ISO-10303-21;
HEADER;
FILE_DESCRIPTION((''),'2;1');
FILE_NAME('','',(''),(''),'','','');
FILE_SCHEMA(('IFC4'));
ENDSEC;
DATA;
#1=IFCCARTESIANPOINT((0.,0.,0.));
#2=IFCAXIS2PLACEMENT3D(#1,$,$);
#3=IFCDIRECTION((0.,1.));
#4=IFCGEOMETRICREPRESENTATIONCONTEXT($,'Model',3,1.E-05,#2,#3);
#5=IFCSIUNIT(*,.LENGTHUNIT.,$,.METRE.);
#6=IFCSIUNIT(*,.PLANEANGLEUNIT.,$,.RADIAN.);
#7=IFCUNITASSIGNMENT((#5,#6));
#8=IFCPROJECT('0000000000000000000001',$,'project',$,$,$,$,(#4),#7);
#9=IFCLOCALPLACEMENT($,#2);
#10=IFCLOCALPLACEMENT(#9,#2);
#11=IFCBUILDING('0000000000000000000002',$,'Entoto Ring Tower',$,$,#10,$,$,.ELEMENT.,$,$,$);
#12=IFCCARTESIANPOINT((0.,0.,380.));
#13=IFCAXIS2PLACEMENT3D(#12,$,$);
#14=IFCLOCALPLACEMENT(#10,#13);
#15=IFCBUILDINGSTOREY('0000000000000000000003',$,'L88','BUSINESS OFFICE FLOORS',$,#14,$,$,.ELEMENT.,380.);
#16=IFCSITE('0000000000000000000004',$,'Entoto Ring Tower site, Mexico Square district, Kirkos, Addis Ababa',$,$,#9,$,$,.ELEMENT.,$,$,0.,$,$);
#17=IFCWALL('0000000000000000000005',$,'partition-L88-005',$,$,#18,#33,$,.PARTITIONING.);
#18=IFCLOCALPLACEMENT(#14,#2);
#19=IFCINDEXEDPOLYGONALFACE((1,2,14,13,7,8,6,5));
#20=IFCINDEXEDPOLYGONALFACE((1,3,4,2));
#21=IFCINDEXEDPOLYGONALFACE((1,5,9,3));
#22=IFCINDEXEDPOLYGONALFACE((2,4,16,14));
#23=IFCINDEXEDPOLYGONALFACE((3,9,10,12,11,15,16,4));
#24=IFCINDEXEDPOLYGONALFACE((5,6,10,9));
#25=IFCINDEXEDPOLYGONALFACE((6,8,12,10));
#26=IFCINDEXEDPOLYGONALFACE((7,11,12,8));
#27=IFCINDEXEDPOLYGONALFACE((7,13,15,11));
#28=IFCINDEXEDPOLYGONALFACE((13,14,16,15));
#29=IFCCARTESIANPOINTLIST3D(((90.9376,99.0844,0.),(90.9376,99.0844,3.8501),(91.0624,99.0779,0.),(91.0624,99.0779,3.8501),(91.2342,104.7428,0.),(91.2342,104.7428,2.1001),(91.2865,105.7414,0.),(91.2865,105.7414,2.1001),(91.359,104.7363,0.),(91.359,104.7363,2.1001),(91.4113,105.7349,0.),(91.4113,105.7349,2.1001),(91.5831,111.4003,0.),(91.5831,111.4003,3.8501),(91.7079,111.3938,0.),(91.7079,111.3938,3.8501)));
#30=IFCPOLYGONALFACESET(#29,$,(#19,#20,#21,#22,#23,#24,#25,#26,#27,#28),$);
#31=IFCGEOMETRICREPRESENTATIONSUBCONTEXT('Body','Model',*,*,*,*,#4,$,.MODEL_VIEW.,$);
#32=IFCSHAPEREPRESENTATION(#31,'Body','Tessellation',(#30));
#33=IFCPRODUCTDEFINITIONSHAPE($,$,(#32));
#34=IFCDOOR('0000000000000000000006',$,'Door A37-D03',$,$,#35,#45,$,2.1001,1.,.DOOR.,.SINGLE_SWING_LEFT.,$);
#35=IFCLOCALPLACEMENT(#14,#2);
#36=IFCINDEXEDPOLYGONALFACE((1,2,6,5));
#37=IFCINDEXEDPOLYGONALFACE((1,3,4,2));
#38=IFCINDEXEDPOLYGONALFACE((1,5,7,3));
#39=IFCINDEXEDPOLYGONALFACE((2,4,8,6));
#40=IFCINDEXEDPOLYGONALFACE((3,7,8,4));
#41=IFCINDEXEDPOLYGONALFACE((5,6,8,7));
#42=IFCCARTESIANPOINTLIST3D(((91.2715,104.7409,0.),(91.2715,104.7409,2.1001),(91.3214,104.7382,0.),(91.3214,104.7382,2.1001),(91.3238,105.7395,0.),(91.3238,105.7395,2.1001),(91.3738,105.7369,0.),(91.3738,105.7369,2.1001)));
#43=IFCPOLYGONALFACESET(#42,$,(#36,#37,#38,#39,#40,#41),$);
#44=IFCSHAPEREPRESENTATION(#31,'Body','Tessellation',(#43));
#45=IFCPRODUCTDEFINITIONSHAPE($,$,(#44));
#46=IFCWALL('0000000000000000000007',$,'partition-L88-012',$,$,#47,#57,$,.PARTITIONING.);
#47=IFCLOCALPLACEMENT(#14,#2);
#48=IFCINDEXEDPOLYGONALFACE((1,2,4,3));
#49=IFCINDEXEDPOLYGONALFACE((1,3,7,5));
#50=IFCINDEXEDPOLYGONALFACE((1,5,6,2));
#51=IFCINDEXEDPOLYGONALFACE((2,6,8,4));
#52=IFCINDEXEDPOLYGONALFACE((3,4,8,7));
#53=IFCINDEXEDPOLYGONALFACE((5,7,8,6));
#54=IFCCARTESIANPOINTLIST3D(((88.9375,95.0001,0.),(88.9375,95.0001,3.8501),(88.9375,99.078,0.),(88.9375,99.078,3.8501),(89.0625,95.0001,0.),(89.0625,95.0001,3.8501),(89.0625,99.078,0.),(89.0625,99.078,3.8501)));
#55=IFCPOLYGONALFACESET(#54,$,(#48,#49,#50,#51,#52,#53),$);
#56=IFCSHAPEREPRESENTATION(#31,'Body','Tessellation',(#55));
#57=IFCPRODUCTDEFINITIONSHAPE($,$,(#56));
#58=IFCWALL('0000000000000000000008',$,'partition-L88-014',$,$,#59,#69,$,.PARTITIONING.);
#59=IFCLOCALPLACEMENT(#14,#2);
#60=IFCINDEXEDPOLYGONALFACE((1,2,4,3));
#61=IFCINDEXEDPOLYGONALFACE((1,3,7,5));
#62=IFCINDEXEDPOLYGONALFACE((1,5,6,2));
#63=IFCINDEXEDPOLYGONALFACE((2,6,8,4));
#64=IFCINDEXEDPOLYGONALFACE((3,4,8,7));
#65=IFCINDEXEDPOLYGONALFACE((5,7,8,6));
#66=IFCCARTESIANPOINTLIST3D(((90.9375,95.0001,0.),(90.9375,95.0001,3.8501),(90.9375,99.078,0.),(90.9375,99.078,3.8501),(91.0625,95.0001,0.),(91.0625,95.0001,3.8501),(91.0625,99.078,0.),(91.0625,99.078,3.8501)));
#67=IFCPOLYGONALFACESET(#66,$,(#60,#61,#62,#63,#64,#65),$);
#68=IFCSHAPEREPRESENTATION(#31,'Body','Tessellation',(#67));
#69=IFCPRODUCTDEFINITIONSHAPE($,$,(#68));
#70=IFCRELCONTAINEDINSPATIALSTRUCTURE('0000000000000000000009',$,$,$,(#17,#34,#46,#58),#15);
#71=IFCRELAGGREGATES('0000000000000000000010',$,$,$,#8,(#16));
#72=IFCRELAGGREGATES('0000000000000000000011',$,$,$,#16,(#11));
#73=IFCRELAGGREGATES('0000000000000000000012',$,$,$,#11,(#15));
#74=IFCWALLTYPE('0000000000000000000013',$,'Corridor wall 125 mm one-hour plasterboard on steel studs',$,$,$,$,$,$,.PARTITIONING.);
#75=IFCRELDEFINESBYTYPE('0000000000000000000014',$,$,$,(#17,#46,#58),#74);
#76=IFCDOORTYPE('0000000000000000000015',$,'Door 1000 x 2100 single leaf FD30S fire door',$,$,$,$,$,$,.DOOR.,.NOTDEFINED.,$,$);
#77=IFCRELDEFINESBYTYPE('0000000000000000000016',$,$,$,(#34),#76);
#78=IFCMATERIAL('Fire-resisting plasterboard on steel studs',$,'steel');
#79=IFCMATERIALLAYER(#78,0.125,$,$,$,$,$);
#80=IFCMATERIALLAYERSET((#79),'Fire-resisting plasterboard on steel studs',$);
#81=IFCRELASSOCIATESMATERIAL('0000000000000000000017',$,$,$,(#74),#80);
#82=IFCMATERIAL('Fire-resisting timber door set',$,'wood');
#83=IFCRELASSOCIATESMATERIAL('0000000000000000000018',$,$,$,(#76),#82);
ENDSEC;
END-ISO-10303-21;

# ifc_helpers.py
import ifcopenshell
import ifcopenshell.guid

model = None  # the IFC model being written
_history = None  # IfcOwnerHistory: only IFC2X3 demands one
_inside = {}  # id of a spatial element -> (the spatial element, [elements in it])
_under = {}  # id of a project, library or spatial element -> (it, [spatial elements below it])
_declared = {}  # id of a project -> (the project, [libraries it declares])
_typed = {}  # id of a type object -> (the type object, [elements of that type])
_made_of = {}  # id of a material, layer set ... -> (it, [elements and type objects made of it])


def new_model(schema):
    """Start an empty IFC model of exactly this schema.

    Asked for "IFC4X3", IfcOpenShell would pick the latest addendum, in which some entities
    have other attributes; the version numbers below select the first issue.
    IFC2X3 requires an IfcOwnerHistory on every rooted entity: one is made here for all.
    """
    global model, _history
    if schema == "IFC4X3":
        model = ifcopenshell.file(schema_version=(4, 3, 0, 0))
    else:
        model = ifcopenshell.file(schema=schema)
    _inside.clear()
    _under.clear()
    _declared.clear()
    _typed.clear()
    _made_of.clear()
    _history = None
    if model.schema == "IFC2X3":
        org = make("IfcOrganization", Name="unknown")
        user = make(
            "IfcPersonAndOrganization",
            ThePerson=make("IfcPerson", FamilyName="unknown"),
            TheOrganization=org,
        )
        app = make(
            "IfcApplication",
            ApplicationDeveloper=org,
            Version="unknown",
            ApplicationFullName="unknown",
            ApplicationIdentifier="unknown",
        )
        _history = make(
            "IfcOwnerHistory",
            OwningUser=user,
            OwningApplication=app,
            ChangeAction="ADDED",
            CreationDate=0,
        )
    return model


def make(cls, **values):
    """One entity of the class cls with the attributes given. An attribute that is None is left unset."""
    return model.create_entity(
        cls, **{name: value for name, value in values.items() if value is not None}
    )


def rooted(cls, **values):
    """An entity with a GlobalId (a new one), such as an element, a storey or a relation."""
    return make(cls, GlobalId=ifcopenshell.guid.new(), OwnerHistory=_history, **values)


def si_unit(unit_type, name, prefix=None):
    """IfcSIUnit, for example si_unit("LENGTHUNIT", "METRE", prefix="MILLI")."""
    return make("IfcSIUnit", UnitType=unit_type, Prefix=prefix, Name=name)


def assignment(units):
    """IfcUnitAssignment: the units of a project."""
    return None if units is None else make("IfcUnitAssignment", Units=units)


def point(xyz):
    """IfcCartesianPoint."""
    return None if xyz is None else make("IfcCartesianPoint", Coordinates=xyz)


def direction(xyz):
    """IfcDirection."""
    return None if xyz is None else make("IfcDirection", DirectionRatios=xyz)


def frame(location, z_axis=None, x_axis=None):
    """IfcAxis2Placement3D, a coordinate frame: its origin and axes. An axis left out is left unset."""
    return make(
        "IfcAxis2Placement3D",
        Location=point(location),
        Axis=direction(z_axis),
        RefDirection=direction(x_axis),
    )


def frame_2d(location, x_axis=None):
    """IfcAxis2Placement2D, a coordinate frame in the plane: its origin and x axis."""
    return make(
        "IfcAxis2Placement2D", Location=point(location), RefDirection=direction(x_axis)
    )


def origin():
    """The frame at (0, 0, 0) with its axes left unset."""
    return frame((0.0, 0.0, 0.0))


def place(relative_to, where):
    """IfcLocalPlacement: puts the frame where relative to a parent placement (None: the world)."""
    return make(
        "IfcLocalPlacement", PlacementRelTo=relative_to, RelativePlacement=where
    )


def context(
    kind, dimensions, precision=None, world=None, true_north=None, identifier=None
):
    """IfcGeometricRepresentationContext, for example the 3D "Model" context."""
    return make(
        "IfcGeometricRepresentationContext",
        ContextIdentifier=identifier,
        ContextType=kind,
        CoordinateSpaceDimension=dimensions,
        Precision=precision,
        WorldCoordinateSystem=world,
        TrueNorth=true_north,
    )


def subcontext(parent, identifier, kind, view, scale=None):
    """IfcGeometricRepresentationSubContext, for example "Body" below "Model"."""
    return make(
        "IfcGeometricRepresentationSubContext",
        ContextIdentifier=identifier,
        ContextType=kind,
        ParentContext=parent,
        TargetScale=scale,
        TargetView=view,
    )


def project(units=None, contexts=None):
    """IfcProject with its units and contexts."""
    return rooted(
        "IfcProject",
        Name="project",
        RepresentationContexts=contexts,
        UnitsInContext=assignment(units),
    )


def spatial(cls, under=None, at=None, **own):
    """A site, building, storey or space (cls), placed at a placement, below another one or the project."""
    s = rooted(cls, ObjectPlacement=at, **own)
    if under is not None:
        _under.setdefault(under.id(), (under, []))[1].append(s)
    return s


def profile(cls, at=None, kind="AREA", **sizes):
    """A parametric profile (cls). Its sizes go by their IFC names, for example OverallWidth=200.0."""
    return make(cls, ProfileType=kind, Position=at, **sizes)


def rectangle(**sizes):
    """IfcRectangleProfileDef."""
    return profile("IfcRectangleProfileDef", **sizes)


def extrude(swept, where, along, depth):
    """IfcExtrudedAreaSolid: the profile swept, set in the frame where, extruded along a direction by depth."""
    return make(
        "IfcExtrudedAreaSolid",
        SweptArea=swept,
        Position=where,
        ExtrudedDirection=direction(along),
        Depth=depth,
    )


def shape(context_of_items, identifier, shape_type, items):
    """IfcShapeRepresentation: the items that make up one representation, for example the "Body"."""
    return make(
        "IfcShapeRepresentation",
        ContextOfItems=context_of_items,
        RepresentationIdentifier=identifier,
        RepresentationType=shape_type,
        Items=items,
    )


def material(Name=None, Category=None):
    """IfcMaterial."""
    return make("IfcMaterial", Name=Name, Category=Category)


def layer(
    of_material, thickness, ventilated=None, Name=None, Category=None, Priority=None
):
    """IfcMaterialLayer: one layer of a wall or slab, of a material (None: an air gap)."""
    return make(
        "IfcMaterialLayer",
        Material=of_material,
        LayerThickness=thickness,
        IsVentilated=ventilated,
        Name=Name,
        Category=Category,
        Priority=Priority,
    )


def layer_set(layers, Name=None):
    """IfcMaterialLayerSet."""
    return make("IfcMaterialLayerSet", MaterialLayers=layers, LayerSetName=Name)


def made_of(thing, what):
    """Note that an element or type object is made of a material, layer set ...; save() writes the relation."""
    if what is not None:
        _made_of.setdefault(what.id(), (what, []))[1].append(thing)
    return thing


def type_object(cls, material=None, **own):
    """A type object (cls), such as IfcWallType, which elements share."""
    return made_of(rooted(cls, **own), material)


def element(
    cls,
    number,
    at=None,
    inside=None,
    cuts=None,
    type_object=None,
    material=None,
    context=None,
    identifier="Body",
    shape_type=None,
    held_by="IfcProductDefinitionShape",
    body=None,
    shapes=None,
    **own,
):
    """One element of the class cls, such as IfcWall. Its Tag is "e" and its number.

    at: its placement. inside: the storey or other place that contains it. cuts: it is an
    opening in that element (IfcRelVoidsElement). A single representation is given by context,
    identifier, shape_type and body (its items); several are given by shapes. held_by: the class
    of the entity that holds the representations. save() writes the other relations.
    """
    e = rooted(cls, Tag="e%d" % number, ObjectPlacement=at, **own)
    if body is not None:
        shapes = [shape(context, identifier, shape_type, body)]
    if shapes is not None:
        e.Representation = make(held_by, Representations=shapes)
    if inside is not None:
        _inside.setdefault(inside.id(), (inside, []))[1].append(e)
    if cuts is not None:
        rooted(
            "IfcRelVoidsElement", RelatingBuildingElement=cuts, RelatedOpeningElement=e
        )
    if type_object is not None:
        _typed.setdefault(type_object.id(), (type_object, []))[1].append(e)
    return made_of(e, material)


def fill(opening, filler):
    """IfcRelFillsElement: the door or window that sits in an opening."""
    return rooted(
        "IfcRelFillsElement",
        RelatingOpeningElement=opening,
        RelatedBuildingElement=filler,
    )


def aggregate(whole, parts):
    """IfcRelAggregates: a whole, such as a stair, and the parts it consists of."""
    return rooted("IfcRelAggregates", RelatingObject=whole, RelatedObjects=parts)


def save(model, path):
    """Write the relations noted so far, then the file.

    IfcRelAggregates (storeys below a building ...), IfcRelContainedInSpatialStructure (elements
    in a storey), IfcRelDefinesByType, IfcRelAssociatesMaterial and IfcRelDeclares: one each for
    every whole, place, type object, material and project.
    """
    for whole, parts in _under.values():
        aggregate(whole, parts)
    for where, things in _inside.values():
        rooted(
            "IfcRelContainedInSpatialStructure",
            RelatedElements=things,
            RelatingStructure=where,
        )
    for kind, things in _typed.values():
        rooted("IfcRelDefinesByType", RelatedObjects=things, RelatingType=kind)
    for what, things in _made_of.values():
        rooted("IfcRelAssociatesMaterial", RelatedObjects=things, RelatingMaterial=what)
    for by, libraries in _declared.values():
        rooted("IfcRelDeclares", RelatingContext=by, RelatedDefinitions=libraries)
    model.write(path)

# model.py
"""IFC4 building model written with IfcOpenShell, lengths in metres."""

from ifc_helpers import new_model, si_unit, direction, frame, frame_2d, origin, place, context, subcontext, project, spatial, rectangle, extrude, material, layer, layer_set, type_object, element, fill, save


model = new_model("IFC4")

# Units and contexts
model_context = context("Model", 3, precision=1e-05, world=origin(), true_north=direction((0.0, 1.0)))
body_context = subcontext(model_context, "Body", "Model", "MODEL_VIEW")
ifc_project = project(units=[si_unit("LENGTHUNIT", "METRE"), si_unit("PLANEANGLEUNIT", "RADIAN")], contexts=[model_context])

# Site, building, storey
site_placement = place(None, origin())
site = spatial("IfcSite", under=ifc_project, at=site_placement, Name="Entoto Ring Tower site, Mexico Square district, Kirkos, Addis Ababa", CompositionType="ELEMENT", RefElevation=0.0)
building_placement = place(site_placement, origin())
building = spatial("IfcBuilding", under=site, at=building_placement, Name="Entoto Ring Tower", CompositionType="ELEMENT")
storey_placement = place(building_placement, frame((0.0, 0.0, 380.0)))
storey = spatial("IfcBuildingStorey", under=building, at=storey_placement, Name="L88", Description="BUSINESS OFFICE FLOORS", CompositionType="ELEMENT", Elevation=380.0)

# Wall, opening, door
ifc_material_1 = material(Name="Fire-resisting plasterboard on steel studs", Category="steel")
ifc_layer_1 = layer(ifc_material_1, 0.125)
ifc_layer_set_1 = layer_set([ifc_layer_1], Name="Fire-resisting plasterboard on steel studs")
wall_type_1 = type_object("IfcWallType", Name="Corridor wall 125 mm one-hour plasterboard on steel studs", PredefinedType="PARTITIONING", material=ifc_layer_set_1)
wall_1_placement = place(storey_placement, frame((91.0, 99.0811, 0.0), z_axis=(0.0, 0.0, 1.0), x_axis=(0.052341, 0.998629, 0.0)))
wall_1 = element("IfcWall", 1, at=wall_1_placement, inside=storey, type_object=wall_type_1, Name="partition-L88-005", PredefinedType="PARTITIONING", context=body_context, shape_type="SweptSolid", body=[
    extrude(rectangle(XDim=12.3328, YDim=0.125, at=frame_2d((6.1665, 0.0))), origin(), (0.0, 0.0, 1.0), 3.8501),
])
opening_1_placement = place(wall_1_placement, frame((5.6663, 0.0, 0.0)))
opening_1 = element("IfcOpeningElement", 2, at=opening_1_placement, cuts=wall_1, PredefinedType="OPENING", context=body_context, shape_type="SweptSolid", body=[
    extrude(rectangle(XDim=1.0, YDim=2.1001, at=frame_2d((0.5, 1.05))), frame((0.0, 0.0725, 0.0), z_axis=(0.0, -1.0, 0.0), x_axis=(1.0, 0.0, 0.0)), (0.0, 0.0, 1.0), 0.145),
])
ifc_material_2 = material(Name="Fire-resisting timber door set", Category="wood")
door_type_1 = type_object("IfcDoorType", Name="Door 1000 x 2100 single leaf FD30S fire door", OperationType="NOTDEFINED", PredefinedType="DOOR", material=ifc_material_2)
door_1_placement = place(opening_1_placement, frame((1.0, 0.0, 0.0), z_axis=(0.0, 0.0, 1.0), x_axis=(-1.0, 0.0, 0.0)))
door_1 = element("IfcDoor", 3, at=door_1_placement, inside=storey, type_object=door_type_1, Name="Door A37-D03", OperationType="SINGLE_SWING_LEFT", OverallHeight=2.1001, OverallWidth=1.0, PredefinedType="DOOR", context=body_context, shape_type="SweptSolid", body=[
    extrude(rectangle(XDim=1.0, YDim=2.1001, at=frame_2d((0.5, 1.05))), frame((0.0, 0.0249, 0.0), z_axis=(0.0, -1.0, 0.0), x_axis=(1.0, 0.0, 0.0)), (0.0, 0.0, 1.0), 0.05),
])
fill(opening_1, door_1)

# Walls
for number, where, z_axis, x_axis, name in (
    (4, (89.0, 95.0, 0.0), (0.0, 0.0, 1.0), (0.0, 1.0, 0.0), "partition-L88-012"),
    (5, (91.0, 95.0, 0.0), (0.0, 0.0, 1.0), (0.0, 1.0, 0.0), "partition-L88-014"),
):
    element("IfcWall", number, at=place(storey_placement, frame(where, z_axis=z_axis, x_axis=x_axis)), inside=storey, type_object=wall_type_1, Name=name, PredefinedType="PARTITIONING", context=body_context, shape_type="SweptSolid", body=[
        extrude(rectangle(XDim=4.0779, YDim=0.125, at=frame_2d((2.0391, 0.0))), origin(), (0.0, 0.0, 1.0), 3.8501),
    ])

save(model, "model.ifc")
